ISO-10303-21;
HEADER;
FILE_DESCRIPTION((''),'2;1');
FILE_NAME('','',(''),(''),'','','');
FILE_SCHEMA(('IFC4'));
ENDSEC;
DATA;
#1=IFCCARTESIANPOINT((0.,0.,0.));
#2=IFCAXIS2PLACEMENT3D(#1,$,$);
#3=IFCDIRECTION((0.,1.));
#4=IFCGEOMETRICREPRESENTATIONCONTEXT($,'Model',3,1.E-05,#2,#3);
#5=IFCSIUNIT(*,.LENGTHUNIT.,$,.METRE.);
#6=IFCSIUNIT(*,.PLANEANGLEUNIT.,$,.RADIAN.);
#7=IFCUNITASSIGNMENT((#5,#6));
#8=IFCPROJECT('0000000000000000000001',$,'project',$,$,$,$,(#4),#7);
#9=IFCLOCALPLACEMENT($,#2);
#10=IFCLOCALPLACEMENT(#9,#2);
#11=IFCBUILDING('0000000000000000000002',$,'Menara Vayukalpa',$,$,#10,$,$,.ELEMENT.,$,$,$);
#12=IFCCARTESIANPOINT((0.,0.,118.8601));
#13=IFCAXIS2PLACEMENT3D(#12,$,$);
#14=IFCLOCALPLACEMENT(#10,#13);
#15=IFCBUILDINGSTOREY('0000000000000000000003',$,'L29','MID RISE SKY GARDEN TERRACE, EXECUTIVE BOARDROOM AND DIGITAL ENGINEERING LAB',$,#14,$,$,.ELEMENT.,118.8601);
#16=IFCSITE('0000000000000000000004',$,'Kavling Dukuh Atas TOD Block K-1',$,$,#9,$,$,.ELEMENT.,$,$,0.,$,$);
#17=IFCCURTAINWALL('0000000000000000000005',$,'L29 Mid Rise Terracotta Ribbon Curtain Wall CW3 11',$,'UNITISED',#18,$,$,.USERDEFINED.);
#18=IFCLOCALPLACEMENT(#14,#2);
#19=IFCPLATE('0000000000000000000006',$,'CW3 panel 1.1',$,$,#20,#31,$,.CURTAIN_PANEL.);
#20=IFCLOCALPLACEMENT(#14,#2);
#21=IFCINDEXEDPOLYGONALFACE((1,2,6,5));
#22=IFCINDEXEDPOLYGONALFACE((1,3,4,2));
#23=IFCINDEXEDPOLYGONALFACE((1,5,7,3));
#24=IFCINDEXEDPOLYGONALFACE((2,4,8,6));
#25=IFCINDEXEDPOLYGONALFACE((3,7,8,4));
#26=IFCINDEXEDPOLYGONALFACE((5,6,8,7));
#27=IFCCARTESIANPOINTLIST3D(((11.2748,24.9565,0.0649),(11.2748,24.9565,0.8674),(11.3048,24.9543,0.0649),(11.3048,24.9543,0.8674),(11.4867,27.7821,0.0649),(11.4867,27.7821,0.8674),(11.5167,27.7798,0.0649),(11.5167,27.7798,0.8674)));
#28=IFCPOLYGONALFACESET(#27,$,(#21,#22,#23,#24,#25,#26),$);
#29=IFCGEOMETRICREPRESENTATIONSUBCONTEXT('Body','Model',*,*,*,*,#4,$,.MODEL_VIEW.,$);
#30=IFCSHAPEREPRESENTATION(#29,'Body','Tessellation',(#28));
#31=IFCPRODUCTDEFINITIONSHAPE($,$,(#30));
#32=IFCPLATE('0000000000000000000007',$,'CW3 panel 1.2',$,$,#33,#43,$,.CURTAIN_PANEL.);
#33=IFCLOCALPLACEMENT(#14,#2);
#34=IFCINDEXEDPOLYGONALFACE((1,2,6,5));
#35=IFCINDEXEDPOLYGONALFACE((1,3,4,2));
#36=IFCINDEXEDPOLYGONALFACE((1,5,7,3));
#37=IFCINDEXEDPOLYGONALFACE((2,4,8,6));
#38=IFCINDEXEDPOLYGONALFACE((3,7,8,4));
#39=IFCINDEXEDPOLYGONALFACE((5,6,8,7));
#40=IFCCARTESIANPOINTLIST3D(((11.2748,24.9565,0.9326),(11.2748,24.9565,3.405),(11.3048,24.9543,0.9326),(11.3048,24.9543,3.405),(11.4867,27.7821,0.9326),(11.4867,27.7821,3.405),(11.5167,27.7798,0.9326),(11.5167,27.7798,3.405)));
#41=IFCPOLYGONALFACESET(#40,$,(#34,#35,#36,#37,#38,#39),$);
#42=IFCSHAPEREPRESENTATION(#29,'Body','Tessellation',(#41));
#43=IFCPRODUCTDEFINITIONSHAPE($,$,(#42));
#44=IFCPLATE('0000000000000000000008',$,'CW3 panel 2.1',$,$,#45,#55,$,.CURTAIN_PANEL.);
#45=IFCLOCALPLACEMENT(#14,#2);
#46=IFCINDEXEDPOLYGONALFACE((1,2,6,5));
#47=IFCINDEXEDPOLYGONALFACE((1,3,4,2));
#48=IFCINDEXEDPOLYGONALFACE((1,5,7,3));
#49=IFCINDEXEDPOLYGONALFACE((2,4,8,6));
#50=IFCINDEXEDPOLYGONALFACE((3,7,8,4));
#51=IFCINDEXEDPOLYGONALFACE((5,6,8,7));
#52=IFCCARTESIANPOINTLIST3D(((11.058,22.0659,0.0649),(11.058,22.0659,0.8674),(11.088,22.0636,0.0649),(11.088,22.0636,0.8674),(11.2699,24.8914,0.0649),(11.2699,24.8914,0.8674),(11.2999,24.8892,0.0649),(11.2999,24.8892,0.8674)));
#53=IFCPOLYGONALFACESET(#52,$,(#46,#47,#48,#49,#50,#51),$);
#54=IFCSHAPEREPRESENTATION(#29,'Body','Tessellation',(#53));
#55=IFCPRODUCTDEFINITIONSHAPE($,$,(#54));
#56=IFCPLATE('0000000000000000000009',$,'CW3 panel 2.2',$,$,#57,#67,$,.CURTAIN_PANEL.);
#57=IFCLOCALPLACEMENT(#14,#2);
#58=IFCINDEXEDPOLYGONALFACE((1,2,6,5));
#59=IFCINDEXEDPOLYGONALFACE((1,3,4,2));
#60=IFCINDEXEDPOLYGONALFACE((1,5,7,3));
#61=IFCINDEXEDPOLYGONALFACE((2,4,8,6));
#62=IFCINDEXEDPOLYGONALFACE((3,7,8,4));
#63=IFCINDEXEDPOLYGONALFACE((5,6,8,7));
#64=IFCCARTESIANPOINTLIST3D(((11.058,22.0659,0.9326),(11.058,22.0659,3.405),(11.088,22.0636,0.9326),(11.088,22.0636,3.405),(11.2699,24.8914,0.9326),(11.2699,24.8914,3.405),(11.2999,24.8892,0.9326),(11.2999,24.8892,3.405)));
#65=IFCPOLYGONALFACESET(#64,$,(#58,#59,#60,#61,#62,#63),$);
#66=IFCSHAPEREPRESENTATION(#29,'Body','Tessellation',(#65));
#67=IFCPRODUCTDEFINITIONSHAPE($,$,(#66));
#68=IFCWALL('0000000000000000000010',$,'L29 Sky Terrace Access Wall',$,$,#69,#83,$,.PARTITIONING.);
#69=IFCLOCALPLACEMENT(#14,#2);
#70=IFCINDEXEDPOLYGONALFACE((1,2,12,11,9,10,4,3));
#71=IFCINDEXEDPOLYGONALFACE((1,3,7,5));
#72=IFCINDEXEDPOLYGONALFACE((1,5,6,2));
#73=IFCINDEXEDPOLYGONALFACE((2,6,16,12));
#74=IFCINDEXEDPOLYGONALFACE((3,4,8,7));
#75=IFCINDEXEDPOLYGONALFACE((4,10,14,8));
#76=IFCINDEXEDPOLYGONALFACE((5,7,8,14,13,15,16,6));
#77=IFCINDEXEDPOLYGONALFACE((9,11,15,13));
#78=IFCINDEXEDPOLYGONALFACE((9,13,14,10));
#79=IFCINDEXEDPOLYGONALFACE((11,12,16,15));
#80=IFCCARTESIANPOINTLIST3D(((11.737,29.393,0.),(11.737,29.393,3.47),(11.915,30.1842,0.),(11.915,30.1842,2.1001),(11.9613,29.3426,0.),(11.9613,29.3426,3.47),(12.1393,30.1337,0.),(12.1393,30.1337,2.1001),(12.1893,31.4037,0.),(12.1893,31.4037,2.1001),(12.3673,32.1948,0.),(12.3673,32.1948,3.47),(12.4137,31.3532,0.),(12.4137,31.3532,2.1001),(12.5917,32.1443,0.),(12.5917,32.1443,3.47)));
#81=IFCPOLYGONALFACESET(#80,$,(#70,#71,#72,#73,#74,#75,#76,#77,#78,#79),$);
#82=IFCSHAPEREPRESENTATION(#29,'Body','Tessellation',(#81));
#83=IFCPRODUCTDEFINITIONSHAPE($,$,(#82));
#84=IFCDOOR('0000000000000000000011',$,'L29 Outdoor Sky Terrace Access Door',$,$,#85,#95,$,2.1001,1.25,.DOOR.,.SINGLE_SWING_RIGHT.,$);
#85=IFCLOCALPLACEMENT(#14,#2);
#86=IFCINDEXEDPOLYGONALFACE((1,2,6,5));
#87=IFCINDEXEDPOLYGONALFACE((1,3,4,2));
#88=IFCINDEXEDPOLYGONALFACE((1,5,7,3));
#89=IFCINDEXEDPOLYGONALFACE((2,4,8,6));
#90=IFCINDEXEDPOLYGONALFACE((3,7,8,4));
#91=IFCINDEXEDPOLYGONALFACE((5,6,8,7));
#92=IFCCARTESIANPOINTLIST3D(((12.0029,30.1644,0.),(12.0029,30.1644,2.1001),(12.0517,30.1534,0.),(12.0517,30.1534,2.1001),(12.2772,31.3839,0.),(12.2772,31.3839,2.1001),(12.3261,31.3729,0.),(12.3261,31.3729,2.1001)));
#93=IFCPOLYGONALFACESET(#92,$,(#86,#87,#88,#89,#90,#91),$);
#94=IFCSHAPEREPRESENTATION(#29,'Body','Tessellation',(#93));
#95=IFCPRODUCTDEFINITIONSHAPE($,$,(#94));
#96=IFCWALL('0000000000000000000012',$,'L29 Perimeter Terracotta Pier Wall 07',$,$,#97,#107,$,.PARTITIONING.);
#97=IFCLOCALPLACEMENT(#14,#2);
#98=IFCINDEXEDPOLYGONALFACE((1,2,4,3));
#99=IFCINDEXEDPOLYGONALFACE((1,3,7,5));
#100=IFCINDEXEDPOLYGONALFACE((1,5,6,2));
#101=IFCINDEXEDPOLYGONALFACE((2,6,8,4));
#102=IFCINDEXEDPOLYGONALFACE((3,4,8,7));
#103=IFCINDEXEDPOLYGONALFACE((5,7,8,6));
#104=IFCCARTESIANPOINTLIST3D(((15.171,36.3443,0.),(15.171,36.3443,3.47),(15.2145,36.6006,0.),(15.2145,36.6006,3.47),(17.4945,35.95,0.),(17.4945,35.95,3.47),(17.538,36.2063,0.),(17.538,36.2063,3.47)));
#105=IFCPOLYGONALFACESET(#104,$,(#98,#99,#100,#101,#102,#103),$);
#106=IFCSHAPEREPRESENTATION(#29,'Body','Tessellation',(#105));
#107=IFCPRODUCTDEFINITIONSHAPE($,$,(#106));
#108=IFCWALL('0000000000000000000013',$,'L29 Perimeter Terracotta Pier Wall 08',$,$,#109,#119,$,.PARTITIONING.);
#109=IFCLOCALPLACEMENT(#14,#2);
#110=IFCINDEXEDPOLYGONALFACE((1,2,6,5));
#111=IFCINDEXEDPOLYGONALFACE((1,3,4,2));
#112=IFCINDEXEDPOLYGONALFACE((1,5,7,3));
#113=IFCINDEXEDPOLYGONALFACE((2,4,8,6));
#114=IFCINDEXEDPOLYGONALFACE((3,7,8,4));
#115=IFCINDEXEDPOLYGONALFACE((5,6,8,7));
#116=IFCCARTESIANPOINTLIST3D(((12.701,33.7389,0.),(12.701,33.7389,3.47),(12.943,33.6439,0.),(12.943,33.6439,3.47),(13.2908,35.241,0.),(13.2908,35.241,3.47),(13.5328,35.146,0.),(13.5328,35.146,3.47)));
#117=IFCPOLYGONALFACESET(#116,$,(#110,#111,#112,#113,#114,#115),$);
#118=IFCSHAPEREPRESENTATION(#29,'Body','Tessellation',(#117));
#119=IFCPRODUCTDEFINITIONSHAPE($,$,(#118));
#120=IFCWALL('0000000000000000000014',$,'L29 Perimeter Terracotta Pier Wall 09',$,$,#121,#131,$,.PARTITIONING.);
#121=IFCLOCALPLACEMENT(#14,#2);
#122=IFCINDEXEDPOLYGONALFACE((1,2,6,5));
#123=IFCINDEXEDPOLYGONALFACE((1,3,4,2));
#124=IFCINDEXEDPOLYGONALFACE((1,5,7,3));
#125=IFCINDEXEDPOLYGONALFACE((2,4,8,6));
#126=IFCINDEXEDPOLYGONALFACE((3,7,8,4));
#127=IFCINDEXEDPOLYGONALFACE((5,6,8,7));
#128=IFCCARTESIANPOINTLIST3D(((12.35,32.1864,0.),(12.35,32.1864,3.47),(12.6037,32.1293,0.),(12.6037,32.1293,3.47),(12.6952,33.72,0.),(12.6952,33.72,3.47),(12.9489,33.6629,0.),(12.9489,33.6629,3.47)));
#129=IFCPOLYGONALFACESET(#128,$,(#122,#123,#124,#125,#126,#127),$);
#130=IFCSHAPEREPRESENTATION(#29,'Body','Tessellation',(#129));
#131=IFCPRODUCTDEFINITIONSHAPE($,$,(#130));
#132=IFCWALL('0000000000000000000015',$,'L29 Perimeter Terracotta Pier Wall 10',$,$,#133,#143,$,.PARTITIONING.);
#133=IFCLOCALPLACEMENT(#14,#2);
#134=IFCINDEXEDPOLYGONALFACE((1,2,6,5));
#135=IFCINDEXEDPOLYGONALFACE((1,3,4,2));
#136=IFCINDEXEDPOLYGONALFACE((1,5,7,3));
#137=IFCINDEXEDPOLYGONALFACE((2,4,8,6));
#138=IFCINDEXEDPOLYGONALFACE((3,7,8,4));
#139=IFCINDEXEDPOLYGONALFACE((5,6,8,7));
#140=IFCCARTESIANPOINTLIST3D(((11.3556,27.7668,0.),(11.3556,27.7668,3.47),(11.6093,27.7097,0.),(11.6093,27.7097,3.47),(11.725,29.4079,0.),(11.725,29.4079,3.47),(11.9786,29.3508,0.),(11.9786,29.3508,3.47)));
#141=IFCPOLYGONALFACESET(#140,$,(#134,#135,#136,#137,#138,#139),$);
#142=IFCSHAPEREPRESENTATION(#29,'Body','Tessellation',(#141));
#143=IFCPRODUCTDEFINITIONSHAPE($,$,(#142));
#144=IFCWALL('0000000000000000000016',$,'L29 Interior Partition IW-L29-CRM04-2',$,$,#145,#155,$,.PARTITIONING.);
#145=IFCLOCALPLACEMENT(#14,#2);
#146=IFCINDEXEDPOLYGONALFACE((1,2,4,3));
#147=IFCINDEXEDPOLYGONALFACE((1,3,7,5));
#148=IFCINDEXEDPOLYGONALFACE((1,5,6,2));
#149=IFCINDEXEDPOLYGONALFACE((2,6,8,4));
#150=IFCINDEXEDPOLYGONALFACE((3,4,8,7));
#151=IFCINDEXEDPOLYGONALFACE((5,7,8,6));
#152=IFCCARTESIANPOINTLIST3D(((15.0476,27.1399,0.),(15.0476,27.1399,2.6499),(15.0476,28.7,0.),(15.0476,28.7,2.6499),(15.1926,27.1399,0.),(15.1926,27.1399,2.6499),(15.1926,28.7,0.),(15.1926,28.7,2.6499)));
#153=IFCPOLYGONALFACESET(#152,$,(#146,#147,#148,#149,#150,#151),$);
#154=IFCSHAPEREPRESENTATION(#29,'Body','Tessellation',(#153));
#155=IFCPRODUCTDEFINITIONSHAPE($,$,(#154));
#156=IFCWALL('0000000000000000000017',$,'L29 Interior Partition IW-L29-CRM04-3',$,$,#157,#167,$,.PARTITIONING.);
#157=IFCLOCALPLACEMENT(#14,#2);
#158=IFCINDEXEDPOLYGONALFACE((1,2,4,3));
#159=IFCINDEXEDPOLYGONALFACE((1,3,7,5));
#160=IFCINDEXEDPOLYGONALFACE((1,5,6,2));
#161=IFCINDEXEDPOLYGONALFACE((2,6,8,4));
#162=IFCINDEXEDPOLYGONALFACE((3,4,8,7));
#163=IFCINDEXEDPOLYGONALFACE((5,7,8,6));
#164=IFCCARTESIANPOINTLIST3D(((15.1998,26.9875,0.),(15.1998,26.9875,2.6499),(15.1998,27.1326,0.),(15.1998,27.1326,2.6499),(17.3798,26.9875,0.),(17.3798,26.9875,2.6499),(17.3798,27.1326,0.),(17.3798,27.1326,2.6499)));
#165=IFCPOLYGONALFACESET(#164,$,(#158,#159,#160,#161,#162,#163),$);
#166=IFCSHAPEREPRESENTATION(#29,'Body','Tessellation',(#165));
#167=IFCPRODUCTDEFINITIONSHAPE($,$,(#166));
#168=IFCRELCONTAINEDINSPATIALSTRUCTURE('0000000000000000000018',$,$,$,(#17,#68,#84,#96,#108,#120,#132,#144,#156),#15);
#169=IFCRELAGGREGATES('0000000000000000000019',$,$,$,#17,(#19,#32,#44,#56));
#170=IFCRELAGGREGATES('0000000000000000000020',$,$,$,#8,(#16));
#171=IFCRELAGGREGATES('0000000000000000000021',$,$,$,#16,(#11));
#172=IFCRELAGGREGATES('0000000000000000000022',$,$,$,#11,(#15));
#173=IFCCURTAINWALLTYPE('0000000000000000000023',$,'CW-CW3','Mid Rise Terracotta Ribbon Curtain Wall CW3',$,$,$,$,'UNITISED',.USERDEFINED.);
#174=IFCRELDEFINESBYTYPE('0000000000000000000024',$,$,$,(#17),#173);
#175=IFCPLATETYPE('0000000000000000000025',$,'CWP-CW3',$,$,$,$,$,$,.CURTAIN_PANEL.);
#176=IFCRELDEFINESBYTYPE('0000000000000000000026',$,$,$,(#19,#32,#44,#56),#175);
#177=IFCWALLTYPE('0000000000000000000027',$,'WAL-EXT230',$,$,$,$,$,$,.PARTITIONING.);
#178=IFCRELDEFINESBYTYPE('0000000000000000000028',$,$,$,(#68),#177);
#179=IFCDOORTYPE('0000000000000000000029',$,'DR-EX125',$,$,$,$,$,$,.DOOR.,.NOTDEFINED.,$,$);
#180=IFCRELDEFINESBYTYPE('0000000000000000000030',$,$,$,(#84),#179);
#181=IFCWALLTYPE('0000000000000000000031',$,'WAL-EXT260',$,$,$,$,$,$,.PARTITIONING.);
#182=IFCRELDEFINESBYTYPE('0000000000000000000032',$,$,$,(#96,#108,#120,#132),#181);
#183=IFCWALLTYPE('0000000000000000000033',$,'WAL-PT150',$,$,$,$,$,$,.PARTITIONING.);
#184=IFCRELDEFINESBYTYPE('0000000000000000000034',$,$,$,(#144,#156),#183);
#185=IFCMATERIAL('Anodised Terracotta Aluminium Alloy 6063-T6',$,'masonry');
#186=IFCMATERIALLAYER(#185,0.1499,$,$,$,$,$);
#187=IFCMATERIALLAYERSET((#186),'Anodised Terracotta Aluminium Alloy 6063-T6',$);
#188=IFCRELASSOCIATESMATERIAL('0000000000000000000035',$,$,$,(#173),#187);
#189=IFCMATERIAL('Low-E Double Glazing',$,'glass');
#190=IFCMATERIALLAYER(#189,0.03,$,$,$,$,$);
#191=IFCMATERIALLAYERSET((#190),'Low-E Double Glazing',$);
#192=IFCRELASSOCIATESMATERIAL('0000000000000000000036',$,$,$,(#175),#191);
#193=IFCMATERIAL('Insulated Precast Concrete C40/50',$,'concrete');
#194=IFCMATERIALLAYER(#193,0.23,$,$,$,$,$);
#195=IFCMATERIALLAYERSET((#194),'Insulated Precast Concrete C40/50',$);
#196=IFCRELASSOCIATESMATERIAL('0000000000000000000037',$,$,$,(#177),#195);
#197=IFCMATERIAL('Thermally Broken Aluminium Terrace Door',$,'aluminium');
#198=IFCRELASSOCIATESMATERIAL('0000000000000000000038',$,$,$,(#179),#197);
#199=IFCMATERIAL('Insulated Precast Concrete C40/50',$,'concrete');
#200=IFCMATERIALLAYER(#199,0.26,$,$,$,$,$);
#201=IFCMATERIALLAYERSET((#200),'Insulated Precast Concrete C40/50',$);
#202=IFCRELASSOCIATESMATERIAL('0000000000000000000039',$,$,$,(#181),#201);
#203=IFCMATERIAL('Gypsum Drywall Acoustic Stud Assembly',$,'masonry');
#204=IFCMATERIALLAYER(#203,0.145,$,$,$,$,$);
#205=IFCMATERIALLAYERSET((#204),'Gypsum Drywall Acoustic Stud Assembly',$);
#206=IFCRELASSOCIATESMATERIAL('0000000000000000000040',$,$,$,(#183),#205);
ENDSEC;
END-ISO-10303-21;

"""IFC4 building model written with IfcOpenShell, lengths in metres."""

from ifc_helpers import new_model, si_unit, direction, frame, frame_2d, origin, origin_2d, place, context, subcontext, project, spatial, rectangle, extrude, material, layer, layer_set, type_object, element, fill, aggregate, save


model = new_model("IFC4")

# Units and contexts
model_context = context("Model", 3, precision=1e-05, world=origin(), true_north=direction((0.0, 1.0)))
body_context = subcontext(model_context, "Body", "Model", "MODEL_VIEW")
ifc_project = project(units=[si_unit("LENGTHUNIT", "METRE"), si_unit("PLANEANGLEUNIT", "RADIAN")], contexts=[model_context])

# Site, building, storey
site_placement = place(None, origin())
site = spatial("IfcSite", under=ifc_project, at=site_placement, Name="Kavling Dukuh Atas TOD Block K-1", CompositionType="ELEMENT", RefElevation=0.0)
building_placement = place(site_placement, origin())
building = spatial("IfcBuilding", under=site, at=building_placement, Name="Menara Vayukalpa", CompositionType="ELEMENT")
storey_placement = place(building_placement, frame((0.0, 0.0, 118.8601)))
storey = spatial("IfcBuildingStorey", under=building, at=storey_placement, Name="L29", Description="MID RISE SKY GARDEN TERRACE, EXECUTIVE BOARDROOM AND DIGITAL ENGINEERING LAB", CompositionType="ELEMENT", Elevation=118.8601)

# Curtain wall, plates
ifc_material_1 = material(Name="Anodised Terracotta Aluminium Alloy 6063-T6", Category="masonry")
ifc_layer_1 = layer(ifc_material_1, 0.1499)
ifc_layer_set_1 = layer_set([ifc_layer_1], Name="Anodised Terracotta Aluminium Alloy 6063-T6")
curtain_wall_type = type_object("IfcCurtainWallType", Name="CW-CW3", Description="Mid Rise Terracotta Ribbon Curtain Wall CW3", ElementType="UNITISED", PredefinedType="USERDEFINED", material=ifc_layer_set_1)
curtain_wall_placement = place(storey_placement, origin())
curtain_wall = element("IfcCurtainWall", 1, at=curtain_wall_placement, inside=storey, type_object=curtain_wall_type, Name="L29 Mid Rise Terracotta Ribbon Curtain Wall CW3 11", ObjectType="UNITISED", PredefinedType="USERDEFINED")
ifc_material_2 = material(Name="Low-E Double Glazing", Category="glass")
ifc_layer_2 = layer(ifc_material_2, 0.03)
ifc_layer_set_2 = layer_set([ifc_layer_2], Name="Low-E Double Glazing")
plate_type = type_object("IfcPlateType", Name="CWP-CW3", PredefinedType="CURTAIN_PANEL", material=ifc_layer_set_2)
plate_1_placement = place(storey_placement, frame((11.3958, 26.3682, 0.0649), z_axis=(0.0, 0.0, 1.0), x_axis=(-0.074785, -0.9972, 0.0)))
plate_1 = element("IfcPlate", 2, at=plate_1_placement, type_object=plate_type, Name="CW3 panel 1.1", PredefinedType="CURTAIN_PANEL", context=body_context, shape_type="SweptSolid", body=[
    extrude(rectangle(XDim=2.8335, YDim=0.03, at=origin_2d()), origin(), (0.0, 0.0, 1.0), 0.8025),
])
plate_2_placement = place(storey_placement, frame((11.3958, 26.3682, 0.9326), z_axis=(0.0, 0.0, 1.0), x_axis=(-0.074785, -0.9972, 0.0)))
plate_2 = element("IfcPlate", 3, at=plate_2_placement, type_object=plate_type, Name="CW3 panel 1.2", PredefinedType="CURTAIN_PANEL", context=body_context, shape_type="SweptSolid", body=[
    extrude(rectangle(XDim=2.8335, YDim=0.03, at=origin_2d()), origin(), (0.0, 0.0, 1.0), 2.4724),
])
plate_3_placement = place(storey_placement, frame((11.179, 23.4775, 0.0649), z_axis=(0.0, 0.0, 1.0), x_axis=(-0.074785, -0.9972, 0.0)))
plate_3 = element("IfcPlate", 4, at=plate_3_placement, type_object=plate_type, Name="CW3 panel 2.1", PredefinedType="CURTAIN_PANEL", context=body_context, shape_type="SweptSolid", body=[
    extrude(rectangle(XDim=2.8335, YDim=0.03, at=origin_2d()), origin(), (0.0, 0.0, 1.0), 0.8025),
])
plate_4_placement = place(storey_placement, frame((11.179, 23.4775, 0.9326), z_axis=(0.0, 0.0, 1.0), x_axis=(-0.074785, -0.9972, 0.0)))
plate_4 = element("IfcPlate", 5, at=plate_4_placement, type_object=plate_type, Name="CW3 panel 2.2", PredefinedType="CURTAIN_PANEL", context=body_context, shape_type="SweptSolid", body=[
    extrude(rectangle(XDim=2.8335, YDim=0.03, at=origin_2d()), origin(), (0.0, 0.0, 1.0), 2.4724),
])
aggregate(curtain_wall, [plate_1, plate_2, plate_3, plate_4])

# Wall, opening, door
ifc_material_3 = material(Name="Insulated Precast Concrete C40/50", Category="concrete")
ifc_layer_3 = layer(ifc_material_3, 0.23)
ifc_layer_set_3 = layer_set([ifc_layer_3], Name="Insulated Precast Concrete C40/50")
wall_type_1 = type_object("IfcWallType", Name="WAL-EXT230", PredefinedType="PARTITIONING", material=ifc_layer_set_3)
wall_1_placement = place(storey_placement, frame((11.8491, 29.3677, 0.0), z_axis=(0.0, 0.0, 1.0), x_axis=(0.219504, 0.975612, 0.0)))
wall_1 = element("IfcWall", 6, at=wall_1_placement, inside=storey, type_object=wall_type_1, Name="L29 Sky Terrace Access Wall", PredefinedType="PARTITIONING", context=body_context, shape_type="SweptSolid", body=[
    extrude(rectangle(XDim=2.8718, YDim=0.23, at=frame_2d((1.436, 0.0))), origin(), (0.0, 0.0, 1.0), 3.47),
])
opening_placement = place(wall_1_placement, frame((0.811, 0.0, 0.0)))
opening = element("IfcOpeningElement", 7, at=opening_placement, cuts=wall_1, PredefinedType="OPENING", context=body_context, shape_type="SweptSolid", body=[
    extrude(rectangle(XDim=1.25, YDim=2.1001, at=frame_2d((0.625, 1.05))), frame((0.0, 0.125, 0.0), z_axis=(0.0, -1.0, 0.0), x_axis=(1.0, 0.0, 0.0)), (0.0, 0.0, 1.0), 0.25),
])
ifc_material_4 = material(Name="Thermally Broken Aluminium Terrace Door", Category="aluminium")
door_type = type_object("IfcDoorType", Name="DR-EX125", OperationType="NOTDEFINED", PredefinedType="DOOR", material=ifc_material_4)
door_placement = place(opening_placement, origin())
door = element("IfcDoor", 8, at=door_placement, inside=storey, type_object=door_type, Name="L29 Outdoor Sky Terrace Access Door", OperationType="SINGLE_SWING_RIGHT", OverallHeight=2.1001, OverallWidth=1.25, PredefinedType="DOOR", context=body_context, shape_type="SweptSolid", body=[
    extrude(rectangle(XDim=1.25, YDim=2.1001, at=frame_2d((0.625, 1.05))), frame((0.0, 0.0249, 0.0), z_axis=(0.0, -1.0, 0.0), x_axis=(1.0, 0.0, 0.0)), (0.0, 0.0, 1.0), 0.05),
])
fill(opening, door)

# Walls
ifc_material_5 = material(Name="Insulated Precast Concrete C40/50", Category="concrete")
ifc_layer_4 = layer(ifc_material_5, 0.26)
ifc_layer_set_4 = layer_set([ifc_layer_4], Name="Insulated Precast Concrete C40/50")
wall_type_2 = type_object("IfcWallType", Name="WAL-EXT260", PredefinedType="PARTITIONING", material=ifc_layer_set_4)
wall_2_placement = place(storey_placement, frame((15.1929, 36.4724, 0.0), z_axis=(0.0, 0.0, 1.0), x_axis=(0.985905, -0.167305, 0.0)))
element("IfcWall", 9, at=wall_2_placement, inside=storey, type_object=wall_type_2, Name="L29 Perimeter Terracotta Pier Wall 07", PredefinedType="PARTITIONING", context=body_context, shape_type="SweptSolid", body=[
    extrude(rectangle(XDim=2.3567, YDim=0.26, at=frame_2d((1.1782, 0.0))), origin(), (0.0, 0.0, 1.0), 3.47),
])
wall_3_placement = place(storey_placement, frame((12.822, 33.6914, 0.0), z_axis=(0.0, 0.0, 1.0), x_axis=(0.365489, 0.930816, 0.0)))
element("IfcWall", 10, at=wall_3_placement, inside=storey, type_object=wall_type_2, Name="L29 Perimeter Terracotta Pier Wall 08", PredefinedType="PARTITIONING", context=body_context, shape_type="SweptSolid", body=[
    extrude(rectangle(XDim=1.6138, YDim=0.26, at=frame_2d((0.8069, 0.0))), origin(), (0.0, 0.0, 1.0), 3.47),
])
wall_4_placement = place(storey_placement, frame((12.4768, 32.1577, 0.0), z_axis=(0.0, 0.0, 1.0), x_axis=(0.219593, 0.975591, 0.0)))
element("IfcWall", 11, at=wall_4_placement, inside=storey, type_object=wall_type_2, Name="L29 Perimeter Terracotta Pier Wall 09", PredefinedType="PARTITIONING", context=body_context, shape_type="SweptSolid", body=[
    extrude(rectangle(XDim=1.572, YDim=0.26, at=frame_2d((0.7861, 0.0))), origin(), (0.0, 0.0, 1.0), 3.47),
])
wall_5_placement = place(storey_placement, frame((11.4824, 27.7383, 0.0), z_axis=(0.0, 0.0, 1.0), x_axis=(0.219588, 0.975593, 0.0)))
element("IfcWall", 12, at=wall_5_placement, inside=storey, type_object=wall_type_2, Name="L29 Perimeter Terracotta Pier Wall 10", PredefinedType="PARTITIONING", context=body_context, shape_type="SweptSolid", body=[
    extrude(rectangle(XDim=1.6821, YDim=0.26, at=frame_2d((0.8411, 0.0))), origin(), (0.0, 0.0, 1.0), 3.47),
])
ifc_material_6 = material(Name="Gypsum Drywall Acoustic Stud Assembly", Category="masonry")
ifc_layer_5 = layer(ifc_material_6, 0.145)
ifc_layer_set_5 = layer_set([ifc_layer_5], Name="Gypsum Drywall Acoustic Stud Assembly")
wall_type_3 = type_object("IfcWallType", Name="WAL-PT150", PredefinedType="PARTITIONING", material=ifc_layer_set_5)
wall_6_placement = place(storey_placement, frame((15.1201, 28.7, 0.0), z_axis=(0.0, 0.0, 1.0), x_axis=(0.0, -1.0, 0.0)))
element("IfcWall", 13, at=wall_6_placement, inside=storey, type_object=wall_type_3, Name="L29 Interior Partition IW-L29-CRM04-2", PredefinedType="PARTITIONING", context=body_context, shape_type="SweptSolid", body=[
    extrude(rectangle(XDim=1.5601, YDim=0.145, at=frame_2d((0.78, 0.0))), origin(), (0.0, 0.0, 1.0), 2.6499),
])
wall_7_placement = place(storey_placement, frame((15.2, 27.0601, 0.0), z_axis=(0.0, 0.0, 1.0), x_axis=(1.0, 0.0, 0.0)))
element("IfcWall", 14, at=wall_7_placement, inside=storey, type_object=wall_type_3, Name="L29 Interior Partition IW-L29-CRM04-3", PredefinedType="PARTITIONING", context=body_context, shape_type="SweptSolid", body=[
    extrude(rectangle(XDim=2.1799, YDim=0.145, at=frame_2d((1.0898, 0.0))), origin(), (0.0, 0.0, 1.0), 2.6499),
])

save(model, "model.ifc")
